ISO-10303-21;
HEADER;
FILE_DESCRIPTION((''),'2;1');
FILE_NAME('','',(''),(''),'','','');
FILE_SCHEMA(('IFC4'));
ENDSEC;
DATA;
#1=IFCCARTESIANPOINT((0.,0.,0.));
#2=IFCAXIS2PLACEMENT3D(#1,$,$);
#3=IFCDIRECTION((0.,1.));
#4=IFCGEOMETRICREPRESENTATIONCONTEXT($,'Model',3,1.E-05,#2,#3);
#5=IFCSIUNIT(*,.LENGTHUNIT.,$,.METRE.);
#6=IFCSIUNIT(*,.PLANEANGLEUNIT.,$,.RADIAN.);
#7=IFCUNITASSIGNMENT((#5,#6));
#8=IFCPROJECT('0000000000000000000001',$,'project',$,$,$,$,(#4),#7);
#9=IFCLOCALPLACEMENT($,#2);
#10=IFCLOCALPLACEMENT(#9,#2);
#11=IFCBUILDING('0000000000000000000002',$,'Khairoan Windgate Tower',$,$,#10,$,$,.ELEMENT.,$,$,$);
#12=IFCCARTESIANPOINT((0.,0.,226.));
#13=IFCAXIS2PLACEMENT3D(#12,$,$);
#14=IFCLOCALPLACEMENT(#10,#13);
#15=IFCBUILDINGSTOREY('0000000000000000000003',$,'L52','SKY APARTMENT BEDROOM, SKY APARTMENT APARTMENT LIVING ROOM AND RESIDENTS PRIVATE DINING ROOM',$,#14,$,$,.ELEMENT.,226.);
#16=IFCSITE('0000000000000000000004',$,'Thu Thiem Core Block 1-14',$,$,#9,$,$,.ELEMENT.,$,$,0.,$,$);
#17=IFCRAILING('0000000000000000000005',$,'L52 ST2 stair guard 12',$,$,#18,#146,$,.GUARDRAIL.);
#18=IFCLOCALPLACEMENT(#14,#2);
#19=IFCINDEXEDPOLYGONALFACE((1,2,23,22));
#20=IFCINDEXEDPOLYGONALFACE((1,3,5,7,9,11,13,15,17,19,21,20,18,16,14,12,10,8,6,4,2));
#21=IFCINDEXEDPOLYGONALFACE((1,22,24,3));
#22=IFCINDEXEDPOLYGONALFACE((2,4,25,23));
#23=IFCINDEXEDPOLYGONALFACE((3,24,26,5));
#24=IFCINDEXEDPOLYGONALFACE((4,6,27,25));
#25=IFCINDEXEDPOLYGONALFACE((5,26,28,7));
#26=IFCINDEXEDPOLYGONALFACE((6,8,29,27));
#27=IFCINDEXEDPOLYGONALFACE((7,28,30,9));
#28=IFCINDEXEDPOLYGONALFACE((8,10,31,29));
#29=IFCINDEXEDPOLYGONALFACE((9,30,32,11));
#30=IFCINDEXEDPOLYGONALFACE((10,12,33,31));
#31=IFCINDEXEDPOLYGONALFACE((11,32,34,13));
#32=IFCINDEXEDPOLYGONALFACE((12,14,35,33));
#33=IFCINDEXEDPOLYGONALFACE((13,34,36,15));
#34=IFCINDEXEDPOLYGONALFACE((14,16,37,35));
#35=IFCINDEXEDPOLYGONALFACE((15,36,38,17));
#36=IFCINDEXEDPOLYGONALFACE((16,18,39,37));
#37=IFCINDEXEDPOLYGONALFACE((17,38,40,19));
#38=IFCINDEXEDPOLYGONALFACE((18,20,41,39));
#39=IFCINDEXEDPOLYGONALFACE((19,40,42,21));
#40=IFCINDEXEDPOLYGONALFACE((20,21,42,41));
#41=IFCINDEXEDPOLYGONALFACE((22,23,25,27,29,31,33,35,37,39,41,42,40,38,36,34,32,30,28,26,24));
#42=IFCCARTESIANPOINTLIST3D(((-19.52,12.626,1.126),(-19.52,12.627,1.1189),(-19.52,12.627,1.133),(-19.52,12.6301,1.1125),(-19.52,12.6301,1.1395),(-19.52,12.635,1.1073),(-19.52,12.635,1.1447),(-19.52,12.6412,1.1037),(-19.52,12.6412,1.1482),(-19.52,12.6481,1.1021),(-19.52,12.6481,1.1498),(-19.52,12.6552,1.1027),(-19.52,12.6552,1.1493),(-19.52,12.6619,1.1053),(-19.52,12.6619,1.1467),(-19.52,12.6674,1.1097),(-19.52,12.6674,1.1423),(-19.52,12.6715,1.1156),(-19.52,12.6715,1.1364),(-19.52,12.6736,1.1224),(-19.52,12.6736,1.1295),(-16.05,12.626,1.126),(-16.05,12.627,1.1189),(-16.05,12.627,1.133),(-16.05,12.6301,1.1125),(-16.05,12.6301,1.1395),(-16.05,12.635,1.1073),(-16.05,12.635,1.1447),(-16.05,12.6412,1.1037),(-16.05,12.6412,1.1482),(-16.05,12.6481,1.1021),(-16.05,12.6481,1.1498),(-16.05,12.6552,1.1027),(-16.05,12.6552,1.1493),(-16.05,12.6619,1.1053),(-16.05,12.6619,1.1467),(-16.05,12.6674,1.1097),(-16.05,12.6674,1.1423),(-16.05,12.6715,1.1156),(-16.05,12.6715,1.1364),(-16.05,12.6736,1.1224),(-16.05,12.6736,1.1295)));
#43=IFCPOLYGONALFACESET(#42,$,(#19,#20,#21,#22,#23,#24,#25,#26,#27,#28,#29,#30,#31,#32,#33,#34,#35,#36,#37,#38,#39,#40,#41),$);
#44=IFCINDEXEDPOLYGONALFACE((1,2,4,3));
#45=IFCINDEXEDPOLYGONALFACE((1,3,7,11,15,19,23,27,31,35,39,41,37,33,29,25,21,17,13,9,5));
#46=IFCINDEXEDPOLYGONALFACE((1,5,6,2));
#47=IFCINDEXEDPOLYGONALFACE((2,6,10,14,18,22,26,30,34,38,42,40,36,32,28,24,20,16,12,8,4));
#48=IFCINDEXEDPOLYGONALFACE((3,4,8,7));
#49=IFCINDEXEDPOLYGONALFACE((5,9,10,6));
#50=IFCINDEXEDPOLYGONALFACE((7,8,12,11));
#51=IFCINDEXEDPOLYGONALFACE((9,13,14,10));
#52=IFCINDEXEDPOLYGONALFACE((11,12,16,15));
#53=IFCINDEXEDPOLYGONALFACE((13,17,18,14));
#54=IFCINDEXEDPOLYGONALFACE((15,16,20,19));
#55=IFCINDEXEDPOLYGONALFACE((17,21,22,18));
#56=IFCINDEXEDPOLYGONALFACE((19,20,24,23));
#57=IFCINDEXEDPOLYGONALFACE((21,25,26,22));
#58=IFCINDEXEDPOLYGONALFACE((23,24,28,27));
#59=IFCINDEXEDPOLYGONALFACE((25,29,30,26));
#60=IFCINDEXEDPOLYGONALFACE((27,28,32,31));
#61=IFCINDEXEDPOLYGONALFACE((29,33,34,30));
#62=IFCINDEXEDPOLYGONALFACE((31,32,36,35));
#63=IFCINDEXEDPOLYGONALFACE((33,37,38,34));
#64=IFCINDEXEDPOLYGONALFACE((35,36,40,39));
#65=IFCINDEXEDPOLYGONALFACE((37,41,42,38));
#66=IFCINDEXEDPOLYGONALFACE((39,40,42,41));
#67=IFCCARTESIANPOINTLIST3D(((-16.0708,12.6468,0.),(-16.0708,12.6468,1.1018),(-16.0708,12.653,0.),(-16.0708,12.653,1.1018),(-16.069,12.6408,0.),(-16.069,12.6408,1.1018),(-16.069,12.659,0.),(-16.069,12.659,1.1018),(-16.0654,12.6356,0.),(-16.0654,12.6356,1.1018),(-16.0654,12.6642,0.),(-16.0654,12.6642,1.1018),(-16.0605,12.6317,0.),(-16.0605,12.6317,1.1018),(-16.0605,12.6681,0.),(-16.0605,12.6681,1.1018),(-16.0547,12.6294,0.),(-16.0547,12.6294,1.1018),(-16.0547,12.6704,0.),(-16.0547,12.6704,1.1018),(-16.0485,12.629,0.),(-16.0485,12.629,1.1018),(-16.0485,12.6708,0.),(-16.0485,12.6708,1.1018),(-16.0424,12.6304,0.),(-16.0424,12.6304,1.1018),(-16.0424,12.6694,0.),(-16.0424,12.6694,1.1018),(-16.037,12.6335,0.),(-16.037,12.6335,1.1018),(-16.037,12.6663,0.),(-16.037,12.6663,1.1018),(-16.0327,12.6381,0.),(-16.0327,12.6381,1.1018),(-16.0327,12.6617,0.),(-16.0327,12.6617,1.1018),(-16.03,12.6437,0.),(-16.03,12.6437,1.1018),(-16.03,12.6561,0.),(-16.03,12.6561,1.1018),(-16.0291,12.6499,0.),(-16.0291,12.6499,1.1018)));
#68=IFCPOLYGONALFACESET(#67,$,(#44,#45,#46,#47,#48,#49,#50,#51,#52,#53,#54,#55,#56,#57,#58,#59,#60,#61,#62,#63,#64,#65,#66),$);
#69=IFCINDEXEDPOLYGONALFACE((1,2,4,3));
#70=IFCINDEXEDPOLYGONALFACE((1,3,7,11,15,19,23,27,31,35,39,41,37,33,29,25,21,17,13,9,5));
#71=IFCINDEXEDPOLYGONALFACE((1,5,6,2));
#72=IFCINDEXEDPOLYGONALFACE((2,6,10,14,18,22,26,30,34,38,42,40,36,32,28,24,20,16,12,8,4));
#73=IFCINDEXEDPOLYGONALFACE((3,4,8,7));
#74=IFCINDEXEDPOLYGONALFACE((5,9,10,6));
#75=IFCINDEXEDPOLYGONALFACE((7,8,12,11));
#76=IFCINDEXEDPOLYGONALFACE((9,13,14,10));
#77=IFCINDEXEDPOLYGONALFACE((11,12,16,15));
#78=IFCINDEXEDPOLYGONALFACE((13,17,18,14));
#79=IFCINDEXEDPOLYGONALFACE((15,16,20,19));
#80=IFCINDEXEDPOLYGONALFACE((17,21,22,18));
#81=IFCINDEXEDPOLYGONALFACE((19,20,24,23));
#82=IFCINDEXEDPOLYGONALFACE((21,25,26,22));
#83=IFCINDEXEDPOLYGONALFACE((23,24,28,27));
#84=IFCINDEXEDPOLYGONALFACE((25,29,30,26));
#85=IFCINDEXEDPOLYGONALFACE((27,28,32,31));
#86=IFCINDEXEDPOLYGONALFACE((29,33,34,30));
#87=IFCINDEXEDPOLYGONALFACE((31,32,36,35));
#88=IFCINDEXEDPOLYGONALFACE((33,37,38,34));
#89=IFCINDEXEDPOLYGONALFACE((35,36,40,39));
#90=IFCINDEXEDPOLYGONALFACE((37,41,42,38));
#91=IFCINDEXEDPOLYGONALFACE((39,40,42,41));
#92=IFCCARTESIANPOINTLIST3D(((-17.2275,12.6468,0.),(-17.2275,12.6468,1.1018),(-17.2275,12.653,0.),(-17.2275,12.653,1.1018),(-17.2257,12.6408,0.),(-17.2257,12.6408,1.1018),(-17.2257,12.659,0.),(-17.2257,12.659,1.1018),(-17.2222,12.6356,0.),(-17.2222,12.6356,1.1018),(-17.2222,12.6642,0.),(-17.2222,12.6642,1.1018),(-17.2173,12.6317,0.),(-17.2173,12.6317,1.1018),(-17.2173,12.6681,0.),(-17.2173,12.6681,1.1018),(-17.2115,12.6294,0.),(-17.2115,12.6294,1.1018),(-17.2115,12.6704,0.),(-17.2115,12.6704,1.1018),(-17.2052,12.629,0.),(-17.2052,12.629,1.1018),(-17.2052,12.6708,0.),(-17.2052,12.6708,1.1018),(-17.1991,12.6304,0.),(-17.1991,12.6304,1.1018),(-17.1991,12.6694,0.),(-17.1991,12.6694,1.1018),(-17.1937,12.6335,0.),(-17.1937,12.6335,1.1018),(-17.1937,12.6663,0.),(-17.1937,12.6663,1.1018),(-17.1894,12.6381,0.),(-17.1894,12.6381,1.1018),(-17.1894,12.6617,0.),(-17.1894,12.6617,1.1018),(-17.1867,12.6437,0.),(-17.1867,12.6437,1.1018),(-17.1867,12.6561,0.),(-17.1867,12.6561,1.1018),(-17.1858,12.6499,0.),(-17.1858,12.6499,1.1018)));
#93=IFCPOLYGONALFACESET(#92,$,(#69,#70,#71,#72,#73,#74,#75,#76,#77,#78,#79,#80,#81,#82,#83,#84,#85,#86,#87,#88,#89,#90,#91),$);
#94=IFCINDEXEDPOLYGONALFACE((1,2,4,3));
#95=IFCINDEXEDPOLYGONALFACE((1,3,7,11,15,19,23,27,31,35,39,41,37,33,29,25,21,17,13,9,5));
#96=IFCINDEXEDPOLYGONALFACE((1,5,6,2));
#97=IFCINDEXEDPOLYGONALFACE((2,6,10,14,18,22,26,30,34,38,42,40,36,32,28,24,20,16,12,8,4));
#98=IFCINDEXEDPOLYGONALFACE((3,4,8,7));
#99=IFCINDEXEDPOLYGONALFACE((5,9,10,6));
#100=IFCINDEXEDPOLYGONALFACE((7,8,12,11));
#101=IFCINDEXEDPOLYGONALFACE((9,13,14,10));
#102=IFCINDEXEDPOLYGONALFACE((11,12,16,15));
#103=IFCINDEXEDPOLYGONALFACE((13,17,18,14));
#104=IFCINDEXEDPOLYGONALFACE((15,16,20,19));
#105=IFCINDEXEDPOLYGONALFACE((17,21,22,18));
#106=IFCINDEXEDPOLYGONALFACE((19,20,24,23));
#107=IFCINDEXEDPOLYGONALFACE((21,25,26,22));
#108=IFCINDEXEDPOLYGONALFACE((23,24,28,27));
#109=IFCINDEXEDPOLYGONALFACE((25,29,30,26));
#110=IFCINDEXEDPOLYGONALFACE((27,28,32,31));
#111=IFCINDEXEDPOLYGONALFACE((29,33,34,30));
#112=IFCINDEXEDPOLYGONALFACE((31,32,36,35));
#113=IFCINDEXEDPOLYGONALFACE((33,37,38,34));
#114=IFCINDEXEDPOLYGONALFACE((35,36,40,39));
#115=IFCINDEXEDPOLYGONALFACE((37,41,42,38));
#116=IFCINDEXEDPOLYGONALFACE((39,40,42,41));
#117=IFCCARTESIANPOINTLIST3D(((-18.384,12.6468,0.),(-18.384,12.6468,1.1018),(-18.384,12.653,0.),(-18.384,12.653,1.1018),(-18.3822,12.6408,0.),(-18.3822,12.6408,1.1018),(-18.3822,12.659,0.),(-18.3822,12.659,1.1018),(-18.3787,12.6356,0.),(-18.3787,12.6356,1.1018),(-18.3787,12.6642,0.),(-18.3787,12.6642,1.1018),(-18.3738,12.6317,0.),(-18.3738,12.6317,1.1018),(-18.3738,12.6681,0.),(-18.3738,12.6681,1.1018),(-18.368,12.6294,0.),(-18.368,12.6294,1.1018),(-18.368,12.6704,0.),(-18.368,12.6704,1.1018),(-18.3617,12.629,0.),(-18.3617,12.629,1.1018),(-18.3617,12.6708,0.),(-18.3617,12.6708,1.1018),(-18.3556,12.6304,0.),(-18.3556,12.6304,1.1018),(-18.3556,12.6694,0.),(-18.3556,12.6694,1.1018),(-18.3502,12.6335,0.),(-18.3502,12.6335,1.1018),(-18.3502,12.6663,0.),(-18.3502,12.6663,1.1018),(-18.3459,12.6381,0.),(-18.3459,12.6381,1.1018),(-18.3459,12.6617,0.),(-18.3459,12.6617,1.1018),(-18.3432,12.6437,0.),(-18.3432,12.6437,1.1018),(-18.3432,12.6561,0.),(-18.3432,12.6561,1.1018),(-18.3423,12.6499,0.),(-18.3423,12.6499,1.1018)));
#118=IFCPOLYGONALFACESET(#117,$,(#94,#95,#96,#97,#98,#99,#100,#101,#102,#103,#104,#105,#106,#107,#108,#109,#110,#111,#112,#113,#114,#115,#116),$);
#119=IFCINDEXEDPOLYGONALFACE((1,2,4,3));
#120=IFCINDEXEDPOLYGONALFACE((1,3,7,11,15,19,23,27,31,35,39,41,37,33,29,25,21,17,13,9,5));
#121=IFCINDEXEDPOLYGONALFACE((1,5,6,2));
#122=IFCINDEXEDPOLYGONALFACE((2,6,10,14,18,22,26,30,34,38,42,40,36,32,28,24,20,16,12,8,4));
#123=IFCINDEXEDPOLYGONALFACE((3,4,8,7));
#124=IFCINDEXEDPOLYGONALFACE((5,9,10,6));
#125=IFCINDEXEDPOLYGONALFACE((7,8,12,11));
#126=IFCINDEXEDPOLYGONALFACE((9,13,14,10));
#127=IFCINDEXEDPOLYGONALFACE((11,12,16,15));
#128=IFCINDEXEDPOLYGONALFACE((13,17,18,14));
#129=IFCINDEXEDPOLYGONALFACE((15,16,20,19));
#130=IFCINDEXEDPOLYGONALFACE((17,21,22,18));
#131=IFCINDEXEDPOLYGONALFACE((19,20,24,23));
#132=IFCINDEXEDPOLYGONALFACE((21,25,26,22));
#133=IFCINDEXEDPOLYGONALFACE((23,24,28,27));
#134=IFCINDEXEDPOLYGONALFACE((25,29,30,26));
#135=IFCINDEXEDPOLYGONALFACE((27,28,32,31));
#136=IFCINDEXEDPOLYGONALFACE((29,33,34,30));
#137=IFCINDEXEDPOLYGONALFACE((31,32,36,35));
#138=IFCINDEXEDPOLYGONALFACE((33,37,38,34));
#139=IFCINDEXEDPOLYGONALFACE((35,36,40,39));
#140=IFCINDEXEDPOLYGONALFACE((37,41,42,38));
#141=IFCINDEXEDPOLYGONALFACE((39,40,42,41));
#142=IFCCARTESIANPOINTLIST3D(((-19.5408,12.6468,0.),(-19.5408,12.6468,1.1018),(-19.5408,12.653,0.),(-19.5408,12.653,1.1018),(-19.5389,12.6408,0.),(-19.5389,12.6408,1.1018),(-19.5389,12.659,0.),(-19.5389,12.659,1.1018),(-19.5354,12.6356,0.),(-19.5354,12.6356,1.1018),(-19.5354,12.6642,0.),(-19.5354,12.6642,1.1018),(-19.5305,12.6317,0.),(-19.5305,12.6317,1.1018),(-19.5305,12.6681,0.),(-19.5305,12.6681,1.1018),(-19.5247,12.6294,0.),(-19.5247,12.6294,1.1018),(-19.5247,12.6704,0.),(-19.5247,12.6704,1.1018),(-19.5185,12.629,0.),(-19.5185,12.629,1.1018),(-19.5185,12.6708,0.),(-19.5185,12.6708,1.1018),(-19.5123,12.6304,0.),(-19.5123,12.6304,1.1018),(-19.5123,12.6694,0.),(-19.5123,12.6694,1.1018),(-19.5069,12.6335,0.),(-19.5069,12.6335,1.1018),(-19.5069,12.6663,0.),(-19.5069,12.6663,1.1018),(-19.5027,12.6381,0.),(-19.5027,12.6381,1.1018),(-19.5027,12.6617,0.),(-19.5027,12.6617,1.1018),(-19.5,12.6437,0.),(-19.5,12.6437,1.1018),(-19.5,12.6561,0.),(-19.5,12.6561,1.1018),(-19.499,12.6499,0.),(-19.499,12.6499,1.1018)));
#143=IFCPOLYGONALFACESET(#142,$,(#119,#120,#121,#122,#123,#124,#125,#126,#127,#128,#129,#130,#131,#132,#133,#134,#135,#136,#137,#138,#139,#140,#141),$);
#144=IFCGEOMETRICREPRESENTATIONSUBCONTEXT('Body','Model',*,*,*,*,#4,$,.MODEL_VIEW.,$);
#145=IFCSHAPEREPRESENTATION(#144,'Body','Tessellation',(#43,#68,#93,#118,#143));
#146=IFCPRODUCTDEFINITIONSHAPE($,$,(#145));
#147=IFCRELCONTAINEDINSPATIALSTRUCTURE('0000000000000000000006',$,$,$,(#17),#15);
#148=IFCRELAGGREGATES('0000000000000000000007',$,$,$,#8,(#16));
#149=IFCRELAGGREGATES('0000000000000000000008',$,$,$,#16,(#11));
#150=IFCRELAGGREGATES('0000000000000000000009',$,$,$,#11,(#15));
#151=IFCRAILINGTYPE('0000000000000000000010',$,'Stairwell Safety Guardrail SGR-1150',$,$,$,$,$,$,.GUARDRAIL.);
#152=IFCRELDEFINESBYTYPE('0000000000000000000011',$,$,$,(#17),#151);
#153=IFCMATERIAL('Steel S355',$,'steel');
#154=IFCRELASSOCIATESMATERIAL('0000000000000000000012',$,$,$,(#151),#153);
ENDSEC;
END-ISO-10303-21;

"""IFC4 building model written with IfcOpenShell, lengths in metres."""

from ifc_helpers import new_model, si_unit, direction, frame, origin, origin_2d, place, context, subcontext, project, spatial, circle, extrude, material, type_object, element, save


model = new_model("IFC4")

# Units and contexts
model_context = context("Model", 3, precision=1e-05, world=origin(), true_north=direction((0.0, 1.0)))
body_context = subcontext(model_context, "Body", "Model", "MODEL_VIEW")
ifc_project = project(units=[si_unit("LENGTHUNIT", "METRE"), si_unit("PLANEANGLEUNIT", "RADIAN")], contexts=[model_context])

# Site, building, storey
site_placement = place(None, origin())
site = spatial("IfcSite", under=ifc_project, at=site_placement, Name="Thu Thiem Core Block 1-14", CompositionType="ELEMENT", RefElevation=0.0)
building_placement = place(site_placement, origin())
building = spatial("IfcBuilding", under=site, at=building_placement, Name="Khairoan Windgate Tower", CompositionType="ELEMENT")
storey_placement = place(building_placement, frame((0.0, 0.0, 226.0)))
storey = spatial("IfcBuildingStorey", under=building, at=storey_placement, Name="L52", Description="SKY APARTMENT BEDROOM, SKY APARTMENT APARTMENT LIVING ROOM AND RESIDENTS PRIVATE DINING ROOM", CompositionType="ELEMENT", Elevation=226.0)

# Railing
ifc_material_1 = material(Name="Steel S355", Category="steel")
railing_type = type_object("IfcRailingType", Name="Stairwell Safety Guardrail SGR-1150", PredefinedType="GUARDRAIL", material=ifc_material_1)
railing_1_placement = place(storey_placement, frame((-16.05, 12.6499, 0.0)))
element("IfcRailing", 1, at=railing_1_placement, inside=storey, type_object=railing_type, Name="L52 ST2 stair guard 12", PredefinedType="GUARDRAIL", context=body_context, shape_type="SweptSolid", body=[
    extrude(circle(Radius=0.0239, at=origin_2d()), frame((0.0, 0.0, 1.126), z_axis=(-1.0, 0.0, 0.0), x_axis=(0.0, -1.0, 0.0)), (0.0, 0.0, 1.0), 3.47),
    extrude(circle(Radius=0.021, at=origin_2d()), origin(), (0.0, 0.0, 1.0), 1.1018),
    extrude(circle(Radius=0.021, at=origin_2d()), frame((-1.1567, 0.0, 0.0)), (0.0, 0.0, 1.0), 1.1018),
    extrude(circle(Radius=0.021, at=origin_2d()), frame((-2.3132, 0.0, 0.0)), (0.0, 0.0, 1.0), 1.1018),
    extrude(circle(Radius=0.021, at=origin_2d()), frame((-3.47, 0.0, 0.0)), (0.0, 0.0, 1.0), 1.1018),
])

save(model, "model.ifc")
